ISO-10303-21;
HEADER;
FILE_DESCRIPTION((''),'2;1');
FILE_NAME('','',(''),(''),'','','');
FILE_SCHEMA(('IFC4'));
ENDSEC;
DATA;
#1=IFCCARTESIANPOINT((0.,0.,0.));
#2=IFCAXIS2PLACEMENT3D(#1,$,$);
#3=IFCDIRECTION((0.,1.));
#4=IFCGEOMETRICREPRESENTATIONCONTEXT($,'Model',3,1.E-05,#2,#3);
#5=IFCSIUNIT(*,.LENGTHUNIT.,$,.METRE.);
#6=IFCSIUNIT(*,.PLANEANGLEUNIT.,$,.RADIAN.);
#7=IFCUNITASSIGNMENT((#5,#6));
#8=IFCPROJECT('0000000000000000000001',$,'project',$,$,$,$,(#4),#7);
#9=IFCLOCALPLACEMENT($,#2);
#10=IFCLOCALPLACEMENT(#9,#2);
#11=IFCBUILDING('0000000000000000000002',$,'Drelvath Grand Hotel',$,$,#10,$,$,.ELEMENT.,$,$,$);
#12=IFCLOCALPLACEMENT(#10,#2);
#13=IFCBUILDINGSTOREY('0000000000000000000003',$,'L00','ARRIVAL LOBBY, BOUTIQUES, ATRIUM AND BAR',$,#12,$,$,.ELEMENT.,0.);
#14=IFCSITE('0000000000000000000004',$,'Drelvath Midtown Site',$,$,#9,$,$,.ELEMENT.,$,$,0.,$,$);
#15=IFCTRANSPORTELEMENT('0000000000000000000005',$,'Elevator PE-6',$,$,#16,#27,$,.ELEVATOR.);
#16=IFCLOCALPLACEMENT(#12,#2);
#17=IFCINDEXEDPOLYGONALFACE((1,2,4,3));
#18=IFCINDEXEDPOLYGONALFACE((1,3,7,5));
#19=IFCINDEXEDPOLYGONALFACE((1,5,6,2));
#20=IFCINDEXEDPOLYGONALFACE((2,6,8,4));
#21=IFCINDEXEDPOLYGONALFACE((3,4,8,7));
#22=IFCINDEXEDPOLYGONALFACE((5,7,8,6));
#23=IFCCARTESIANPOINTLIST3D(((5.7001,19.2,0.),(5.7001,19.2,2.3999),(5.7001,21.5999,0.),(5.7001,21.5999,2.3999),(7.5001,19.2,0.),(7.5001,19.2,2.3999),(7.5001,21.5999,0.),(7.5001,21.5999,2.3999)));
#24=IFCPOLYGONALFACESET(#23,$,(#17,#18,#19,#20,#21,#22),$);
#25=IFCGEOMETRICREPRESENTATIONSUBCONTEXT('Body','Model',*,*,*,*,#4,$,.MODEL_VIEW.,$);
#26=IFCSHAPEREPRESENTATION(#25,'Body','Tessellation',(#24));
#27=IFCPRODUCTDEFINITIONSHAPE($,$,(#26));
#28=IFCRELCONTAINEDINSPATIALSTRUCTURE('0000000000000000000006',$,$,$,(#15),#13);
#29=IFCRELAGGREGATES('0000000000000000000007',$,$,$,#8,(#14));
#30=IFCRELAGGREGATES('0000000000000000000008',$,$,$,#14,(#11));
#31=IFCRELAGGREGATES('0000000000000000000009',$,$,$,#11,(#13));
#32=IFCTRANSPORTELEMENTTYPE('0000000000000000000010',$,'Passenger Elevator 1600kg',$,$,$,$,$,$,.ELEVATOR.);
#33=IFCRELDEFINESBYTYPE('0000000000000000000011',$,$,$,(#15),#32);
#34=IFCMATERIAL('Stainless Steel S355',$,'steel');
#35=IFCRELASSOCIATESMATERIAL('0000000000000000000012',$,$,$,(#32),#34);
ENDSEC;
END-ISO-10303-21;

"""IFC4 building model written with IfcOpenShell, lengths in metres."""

from ifc_helpers import new_model, si_unit, direction, frame, origin, origin_2d, place, context, subcontext, project, spatial, rectangle, extrude, material, type_object, element, save


model = new_model("IFC4")

# Units and contexts
model_context = context("Model", 3, precision=1e-05, world=origin(), true_north=direction((0.0, 1.0)))
body_context = subcontext(model_context, "Body", "Model", "MODEL_VIEW")
ifc_project = project(units=[si_unit("LENGTHUNIT", "METRE"), si_unit("PLANEANGLEUNIT", "RADIAN")], contexts=[model_context])

# Site, building, storey
site_placement = place(None, origin())
site = spatial("IfcSite", under=ifc_project, at=site_placement, Name="Drelvath Midtown Site", CompositionType="ELEMENT", RefElevation=0.0)
building_placement = place(site_placement, origin())
building = spatial("IfcBuilding", under=site, at=building_placement, Name="Drelvath Grand Hotel", CompositionType="ELEMENT")
storey_placement = place(building_placement, origin())
storey = spatial("IfcBuildingStorey", under=building, at=storey_placement, Name="L00", Description="ARRIVAL LOBBY, BOUTIQUES, ATRIUM AND BAR", CompositionType="ELEMENT", Elevation=0.0)

# Shared definitions
ifc_material_1 = material(Name="Stainless Steel S355", Category="steel")

# Transport element
transport_element_type = type_object("IfcTransportElementType", Name="Passenger Elevator 1600kg", PredefinedType="ELEVATOR", material=ifc_material_1)
for number, where, z_axis, x_axis, name in (
    (1, (6.6001, 20.3999, 0.0), (0.0, 0.0, 1.0), (1.0, 0.0, 0.0), "Elevator PE-6"),
):
    element("IfcTransportElement", number, at=place(storey_placement, frame(where, z_axis=z_axis, x_axis=x_axis)), inside=storey, type_object=transport_element_type, Name=name, PredefinedType="ELEVATOR", context=body_context, shape_type="SweptSolid", body=[
        extrude(rectangle(XDim=1.8, YDim=2.3999, at=origin_2d()), origin(), (0.0, 0.0, 1.0), 2.3999),
    ])

save(model, "model.ifc")
